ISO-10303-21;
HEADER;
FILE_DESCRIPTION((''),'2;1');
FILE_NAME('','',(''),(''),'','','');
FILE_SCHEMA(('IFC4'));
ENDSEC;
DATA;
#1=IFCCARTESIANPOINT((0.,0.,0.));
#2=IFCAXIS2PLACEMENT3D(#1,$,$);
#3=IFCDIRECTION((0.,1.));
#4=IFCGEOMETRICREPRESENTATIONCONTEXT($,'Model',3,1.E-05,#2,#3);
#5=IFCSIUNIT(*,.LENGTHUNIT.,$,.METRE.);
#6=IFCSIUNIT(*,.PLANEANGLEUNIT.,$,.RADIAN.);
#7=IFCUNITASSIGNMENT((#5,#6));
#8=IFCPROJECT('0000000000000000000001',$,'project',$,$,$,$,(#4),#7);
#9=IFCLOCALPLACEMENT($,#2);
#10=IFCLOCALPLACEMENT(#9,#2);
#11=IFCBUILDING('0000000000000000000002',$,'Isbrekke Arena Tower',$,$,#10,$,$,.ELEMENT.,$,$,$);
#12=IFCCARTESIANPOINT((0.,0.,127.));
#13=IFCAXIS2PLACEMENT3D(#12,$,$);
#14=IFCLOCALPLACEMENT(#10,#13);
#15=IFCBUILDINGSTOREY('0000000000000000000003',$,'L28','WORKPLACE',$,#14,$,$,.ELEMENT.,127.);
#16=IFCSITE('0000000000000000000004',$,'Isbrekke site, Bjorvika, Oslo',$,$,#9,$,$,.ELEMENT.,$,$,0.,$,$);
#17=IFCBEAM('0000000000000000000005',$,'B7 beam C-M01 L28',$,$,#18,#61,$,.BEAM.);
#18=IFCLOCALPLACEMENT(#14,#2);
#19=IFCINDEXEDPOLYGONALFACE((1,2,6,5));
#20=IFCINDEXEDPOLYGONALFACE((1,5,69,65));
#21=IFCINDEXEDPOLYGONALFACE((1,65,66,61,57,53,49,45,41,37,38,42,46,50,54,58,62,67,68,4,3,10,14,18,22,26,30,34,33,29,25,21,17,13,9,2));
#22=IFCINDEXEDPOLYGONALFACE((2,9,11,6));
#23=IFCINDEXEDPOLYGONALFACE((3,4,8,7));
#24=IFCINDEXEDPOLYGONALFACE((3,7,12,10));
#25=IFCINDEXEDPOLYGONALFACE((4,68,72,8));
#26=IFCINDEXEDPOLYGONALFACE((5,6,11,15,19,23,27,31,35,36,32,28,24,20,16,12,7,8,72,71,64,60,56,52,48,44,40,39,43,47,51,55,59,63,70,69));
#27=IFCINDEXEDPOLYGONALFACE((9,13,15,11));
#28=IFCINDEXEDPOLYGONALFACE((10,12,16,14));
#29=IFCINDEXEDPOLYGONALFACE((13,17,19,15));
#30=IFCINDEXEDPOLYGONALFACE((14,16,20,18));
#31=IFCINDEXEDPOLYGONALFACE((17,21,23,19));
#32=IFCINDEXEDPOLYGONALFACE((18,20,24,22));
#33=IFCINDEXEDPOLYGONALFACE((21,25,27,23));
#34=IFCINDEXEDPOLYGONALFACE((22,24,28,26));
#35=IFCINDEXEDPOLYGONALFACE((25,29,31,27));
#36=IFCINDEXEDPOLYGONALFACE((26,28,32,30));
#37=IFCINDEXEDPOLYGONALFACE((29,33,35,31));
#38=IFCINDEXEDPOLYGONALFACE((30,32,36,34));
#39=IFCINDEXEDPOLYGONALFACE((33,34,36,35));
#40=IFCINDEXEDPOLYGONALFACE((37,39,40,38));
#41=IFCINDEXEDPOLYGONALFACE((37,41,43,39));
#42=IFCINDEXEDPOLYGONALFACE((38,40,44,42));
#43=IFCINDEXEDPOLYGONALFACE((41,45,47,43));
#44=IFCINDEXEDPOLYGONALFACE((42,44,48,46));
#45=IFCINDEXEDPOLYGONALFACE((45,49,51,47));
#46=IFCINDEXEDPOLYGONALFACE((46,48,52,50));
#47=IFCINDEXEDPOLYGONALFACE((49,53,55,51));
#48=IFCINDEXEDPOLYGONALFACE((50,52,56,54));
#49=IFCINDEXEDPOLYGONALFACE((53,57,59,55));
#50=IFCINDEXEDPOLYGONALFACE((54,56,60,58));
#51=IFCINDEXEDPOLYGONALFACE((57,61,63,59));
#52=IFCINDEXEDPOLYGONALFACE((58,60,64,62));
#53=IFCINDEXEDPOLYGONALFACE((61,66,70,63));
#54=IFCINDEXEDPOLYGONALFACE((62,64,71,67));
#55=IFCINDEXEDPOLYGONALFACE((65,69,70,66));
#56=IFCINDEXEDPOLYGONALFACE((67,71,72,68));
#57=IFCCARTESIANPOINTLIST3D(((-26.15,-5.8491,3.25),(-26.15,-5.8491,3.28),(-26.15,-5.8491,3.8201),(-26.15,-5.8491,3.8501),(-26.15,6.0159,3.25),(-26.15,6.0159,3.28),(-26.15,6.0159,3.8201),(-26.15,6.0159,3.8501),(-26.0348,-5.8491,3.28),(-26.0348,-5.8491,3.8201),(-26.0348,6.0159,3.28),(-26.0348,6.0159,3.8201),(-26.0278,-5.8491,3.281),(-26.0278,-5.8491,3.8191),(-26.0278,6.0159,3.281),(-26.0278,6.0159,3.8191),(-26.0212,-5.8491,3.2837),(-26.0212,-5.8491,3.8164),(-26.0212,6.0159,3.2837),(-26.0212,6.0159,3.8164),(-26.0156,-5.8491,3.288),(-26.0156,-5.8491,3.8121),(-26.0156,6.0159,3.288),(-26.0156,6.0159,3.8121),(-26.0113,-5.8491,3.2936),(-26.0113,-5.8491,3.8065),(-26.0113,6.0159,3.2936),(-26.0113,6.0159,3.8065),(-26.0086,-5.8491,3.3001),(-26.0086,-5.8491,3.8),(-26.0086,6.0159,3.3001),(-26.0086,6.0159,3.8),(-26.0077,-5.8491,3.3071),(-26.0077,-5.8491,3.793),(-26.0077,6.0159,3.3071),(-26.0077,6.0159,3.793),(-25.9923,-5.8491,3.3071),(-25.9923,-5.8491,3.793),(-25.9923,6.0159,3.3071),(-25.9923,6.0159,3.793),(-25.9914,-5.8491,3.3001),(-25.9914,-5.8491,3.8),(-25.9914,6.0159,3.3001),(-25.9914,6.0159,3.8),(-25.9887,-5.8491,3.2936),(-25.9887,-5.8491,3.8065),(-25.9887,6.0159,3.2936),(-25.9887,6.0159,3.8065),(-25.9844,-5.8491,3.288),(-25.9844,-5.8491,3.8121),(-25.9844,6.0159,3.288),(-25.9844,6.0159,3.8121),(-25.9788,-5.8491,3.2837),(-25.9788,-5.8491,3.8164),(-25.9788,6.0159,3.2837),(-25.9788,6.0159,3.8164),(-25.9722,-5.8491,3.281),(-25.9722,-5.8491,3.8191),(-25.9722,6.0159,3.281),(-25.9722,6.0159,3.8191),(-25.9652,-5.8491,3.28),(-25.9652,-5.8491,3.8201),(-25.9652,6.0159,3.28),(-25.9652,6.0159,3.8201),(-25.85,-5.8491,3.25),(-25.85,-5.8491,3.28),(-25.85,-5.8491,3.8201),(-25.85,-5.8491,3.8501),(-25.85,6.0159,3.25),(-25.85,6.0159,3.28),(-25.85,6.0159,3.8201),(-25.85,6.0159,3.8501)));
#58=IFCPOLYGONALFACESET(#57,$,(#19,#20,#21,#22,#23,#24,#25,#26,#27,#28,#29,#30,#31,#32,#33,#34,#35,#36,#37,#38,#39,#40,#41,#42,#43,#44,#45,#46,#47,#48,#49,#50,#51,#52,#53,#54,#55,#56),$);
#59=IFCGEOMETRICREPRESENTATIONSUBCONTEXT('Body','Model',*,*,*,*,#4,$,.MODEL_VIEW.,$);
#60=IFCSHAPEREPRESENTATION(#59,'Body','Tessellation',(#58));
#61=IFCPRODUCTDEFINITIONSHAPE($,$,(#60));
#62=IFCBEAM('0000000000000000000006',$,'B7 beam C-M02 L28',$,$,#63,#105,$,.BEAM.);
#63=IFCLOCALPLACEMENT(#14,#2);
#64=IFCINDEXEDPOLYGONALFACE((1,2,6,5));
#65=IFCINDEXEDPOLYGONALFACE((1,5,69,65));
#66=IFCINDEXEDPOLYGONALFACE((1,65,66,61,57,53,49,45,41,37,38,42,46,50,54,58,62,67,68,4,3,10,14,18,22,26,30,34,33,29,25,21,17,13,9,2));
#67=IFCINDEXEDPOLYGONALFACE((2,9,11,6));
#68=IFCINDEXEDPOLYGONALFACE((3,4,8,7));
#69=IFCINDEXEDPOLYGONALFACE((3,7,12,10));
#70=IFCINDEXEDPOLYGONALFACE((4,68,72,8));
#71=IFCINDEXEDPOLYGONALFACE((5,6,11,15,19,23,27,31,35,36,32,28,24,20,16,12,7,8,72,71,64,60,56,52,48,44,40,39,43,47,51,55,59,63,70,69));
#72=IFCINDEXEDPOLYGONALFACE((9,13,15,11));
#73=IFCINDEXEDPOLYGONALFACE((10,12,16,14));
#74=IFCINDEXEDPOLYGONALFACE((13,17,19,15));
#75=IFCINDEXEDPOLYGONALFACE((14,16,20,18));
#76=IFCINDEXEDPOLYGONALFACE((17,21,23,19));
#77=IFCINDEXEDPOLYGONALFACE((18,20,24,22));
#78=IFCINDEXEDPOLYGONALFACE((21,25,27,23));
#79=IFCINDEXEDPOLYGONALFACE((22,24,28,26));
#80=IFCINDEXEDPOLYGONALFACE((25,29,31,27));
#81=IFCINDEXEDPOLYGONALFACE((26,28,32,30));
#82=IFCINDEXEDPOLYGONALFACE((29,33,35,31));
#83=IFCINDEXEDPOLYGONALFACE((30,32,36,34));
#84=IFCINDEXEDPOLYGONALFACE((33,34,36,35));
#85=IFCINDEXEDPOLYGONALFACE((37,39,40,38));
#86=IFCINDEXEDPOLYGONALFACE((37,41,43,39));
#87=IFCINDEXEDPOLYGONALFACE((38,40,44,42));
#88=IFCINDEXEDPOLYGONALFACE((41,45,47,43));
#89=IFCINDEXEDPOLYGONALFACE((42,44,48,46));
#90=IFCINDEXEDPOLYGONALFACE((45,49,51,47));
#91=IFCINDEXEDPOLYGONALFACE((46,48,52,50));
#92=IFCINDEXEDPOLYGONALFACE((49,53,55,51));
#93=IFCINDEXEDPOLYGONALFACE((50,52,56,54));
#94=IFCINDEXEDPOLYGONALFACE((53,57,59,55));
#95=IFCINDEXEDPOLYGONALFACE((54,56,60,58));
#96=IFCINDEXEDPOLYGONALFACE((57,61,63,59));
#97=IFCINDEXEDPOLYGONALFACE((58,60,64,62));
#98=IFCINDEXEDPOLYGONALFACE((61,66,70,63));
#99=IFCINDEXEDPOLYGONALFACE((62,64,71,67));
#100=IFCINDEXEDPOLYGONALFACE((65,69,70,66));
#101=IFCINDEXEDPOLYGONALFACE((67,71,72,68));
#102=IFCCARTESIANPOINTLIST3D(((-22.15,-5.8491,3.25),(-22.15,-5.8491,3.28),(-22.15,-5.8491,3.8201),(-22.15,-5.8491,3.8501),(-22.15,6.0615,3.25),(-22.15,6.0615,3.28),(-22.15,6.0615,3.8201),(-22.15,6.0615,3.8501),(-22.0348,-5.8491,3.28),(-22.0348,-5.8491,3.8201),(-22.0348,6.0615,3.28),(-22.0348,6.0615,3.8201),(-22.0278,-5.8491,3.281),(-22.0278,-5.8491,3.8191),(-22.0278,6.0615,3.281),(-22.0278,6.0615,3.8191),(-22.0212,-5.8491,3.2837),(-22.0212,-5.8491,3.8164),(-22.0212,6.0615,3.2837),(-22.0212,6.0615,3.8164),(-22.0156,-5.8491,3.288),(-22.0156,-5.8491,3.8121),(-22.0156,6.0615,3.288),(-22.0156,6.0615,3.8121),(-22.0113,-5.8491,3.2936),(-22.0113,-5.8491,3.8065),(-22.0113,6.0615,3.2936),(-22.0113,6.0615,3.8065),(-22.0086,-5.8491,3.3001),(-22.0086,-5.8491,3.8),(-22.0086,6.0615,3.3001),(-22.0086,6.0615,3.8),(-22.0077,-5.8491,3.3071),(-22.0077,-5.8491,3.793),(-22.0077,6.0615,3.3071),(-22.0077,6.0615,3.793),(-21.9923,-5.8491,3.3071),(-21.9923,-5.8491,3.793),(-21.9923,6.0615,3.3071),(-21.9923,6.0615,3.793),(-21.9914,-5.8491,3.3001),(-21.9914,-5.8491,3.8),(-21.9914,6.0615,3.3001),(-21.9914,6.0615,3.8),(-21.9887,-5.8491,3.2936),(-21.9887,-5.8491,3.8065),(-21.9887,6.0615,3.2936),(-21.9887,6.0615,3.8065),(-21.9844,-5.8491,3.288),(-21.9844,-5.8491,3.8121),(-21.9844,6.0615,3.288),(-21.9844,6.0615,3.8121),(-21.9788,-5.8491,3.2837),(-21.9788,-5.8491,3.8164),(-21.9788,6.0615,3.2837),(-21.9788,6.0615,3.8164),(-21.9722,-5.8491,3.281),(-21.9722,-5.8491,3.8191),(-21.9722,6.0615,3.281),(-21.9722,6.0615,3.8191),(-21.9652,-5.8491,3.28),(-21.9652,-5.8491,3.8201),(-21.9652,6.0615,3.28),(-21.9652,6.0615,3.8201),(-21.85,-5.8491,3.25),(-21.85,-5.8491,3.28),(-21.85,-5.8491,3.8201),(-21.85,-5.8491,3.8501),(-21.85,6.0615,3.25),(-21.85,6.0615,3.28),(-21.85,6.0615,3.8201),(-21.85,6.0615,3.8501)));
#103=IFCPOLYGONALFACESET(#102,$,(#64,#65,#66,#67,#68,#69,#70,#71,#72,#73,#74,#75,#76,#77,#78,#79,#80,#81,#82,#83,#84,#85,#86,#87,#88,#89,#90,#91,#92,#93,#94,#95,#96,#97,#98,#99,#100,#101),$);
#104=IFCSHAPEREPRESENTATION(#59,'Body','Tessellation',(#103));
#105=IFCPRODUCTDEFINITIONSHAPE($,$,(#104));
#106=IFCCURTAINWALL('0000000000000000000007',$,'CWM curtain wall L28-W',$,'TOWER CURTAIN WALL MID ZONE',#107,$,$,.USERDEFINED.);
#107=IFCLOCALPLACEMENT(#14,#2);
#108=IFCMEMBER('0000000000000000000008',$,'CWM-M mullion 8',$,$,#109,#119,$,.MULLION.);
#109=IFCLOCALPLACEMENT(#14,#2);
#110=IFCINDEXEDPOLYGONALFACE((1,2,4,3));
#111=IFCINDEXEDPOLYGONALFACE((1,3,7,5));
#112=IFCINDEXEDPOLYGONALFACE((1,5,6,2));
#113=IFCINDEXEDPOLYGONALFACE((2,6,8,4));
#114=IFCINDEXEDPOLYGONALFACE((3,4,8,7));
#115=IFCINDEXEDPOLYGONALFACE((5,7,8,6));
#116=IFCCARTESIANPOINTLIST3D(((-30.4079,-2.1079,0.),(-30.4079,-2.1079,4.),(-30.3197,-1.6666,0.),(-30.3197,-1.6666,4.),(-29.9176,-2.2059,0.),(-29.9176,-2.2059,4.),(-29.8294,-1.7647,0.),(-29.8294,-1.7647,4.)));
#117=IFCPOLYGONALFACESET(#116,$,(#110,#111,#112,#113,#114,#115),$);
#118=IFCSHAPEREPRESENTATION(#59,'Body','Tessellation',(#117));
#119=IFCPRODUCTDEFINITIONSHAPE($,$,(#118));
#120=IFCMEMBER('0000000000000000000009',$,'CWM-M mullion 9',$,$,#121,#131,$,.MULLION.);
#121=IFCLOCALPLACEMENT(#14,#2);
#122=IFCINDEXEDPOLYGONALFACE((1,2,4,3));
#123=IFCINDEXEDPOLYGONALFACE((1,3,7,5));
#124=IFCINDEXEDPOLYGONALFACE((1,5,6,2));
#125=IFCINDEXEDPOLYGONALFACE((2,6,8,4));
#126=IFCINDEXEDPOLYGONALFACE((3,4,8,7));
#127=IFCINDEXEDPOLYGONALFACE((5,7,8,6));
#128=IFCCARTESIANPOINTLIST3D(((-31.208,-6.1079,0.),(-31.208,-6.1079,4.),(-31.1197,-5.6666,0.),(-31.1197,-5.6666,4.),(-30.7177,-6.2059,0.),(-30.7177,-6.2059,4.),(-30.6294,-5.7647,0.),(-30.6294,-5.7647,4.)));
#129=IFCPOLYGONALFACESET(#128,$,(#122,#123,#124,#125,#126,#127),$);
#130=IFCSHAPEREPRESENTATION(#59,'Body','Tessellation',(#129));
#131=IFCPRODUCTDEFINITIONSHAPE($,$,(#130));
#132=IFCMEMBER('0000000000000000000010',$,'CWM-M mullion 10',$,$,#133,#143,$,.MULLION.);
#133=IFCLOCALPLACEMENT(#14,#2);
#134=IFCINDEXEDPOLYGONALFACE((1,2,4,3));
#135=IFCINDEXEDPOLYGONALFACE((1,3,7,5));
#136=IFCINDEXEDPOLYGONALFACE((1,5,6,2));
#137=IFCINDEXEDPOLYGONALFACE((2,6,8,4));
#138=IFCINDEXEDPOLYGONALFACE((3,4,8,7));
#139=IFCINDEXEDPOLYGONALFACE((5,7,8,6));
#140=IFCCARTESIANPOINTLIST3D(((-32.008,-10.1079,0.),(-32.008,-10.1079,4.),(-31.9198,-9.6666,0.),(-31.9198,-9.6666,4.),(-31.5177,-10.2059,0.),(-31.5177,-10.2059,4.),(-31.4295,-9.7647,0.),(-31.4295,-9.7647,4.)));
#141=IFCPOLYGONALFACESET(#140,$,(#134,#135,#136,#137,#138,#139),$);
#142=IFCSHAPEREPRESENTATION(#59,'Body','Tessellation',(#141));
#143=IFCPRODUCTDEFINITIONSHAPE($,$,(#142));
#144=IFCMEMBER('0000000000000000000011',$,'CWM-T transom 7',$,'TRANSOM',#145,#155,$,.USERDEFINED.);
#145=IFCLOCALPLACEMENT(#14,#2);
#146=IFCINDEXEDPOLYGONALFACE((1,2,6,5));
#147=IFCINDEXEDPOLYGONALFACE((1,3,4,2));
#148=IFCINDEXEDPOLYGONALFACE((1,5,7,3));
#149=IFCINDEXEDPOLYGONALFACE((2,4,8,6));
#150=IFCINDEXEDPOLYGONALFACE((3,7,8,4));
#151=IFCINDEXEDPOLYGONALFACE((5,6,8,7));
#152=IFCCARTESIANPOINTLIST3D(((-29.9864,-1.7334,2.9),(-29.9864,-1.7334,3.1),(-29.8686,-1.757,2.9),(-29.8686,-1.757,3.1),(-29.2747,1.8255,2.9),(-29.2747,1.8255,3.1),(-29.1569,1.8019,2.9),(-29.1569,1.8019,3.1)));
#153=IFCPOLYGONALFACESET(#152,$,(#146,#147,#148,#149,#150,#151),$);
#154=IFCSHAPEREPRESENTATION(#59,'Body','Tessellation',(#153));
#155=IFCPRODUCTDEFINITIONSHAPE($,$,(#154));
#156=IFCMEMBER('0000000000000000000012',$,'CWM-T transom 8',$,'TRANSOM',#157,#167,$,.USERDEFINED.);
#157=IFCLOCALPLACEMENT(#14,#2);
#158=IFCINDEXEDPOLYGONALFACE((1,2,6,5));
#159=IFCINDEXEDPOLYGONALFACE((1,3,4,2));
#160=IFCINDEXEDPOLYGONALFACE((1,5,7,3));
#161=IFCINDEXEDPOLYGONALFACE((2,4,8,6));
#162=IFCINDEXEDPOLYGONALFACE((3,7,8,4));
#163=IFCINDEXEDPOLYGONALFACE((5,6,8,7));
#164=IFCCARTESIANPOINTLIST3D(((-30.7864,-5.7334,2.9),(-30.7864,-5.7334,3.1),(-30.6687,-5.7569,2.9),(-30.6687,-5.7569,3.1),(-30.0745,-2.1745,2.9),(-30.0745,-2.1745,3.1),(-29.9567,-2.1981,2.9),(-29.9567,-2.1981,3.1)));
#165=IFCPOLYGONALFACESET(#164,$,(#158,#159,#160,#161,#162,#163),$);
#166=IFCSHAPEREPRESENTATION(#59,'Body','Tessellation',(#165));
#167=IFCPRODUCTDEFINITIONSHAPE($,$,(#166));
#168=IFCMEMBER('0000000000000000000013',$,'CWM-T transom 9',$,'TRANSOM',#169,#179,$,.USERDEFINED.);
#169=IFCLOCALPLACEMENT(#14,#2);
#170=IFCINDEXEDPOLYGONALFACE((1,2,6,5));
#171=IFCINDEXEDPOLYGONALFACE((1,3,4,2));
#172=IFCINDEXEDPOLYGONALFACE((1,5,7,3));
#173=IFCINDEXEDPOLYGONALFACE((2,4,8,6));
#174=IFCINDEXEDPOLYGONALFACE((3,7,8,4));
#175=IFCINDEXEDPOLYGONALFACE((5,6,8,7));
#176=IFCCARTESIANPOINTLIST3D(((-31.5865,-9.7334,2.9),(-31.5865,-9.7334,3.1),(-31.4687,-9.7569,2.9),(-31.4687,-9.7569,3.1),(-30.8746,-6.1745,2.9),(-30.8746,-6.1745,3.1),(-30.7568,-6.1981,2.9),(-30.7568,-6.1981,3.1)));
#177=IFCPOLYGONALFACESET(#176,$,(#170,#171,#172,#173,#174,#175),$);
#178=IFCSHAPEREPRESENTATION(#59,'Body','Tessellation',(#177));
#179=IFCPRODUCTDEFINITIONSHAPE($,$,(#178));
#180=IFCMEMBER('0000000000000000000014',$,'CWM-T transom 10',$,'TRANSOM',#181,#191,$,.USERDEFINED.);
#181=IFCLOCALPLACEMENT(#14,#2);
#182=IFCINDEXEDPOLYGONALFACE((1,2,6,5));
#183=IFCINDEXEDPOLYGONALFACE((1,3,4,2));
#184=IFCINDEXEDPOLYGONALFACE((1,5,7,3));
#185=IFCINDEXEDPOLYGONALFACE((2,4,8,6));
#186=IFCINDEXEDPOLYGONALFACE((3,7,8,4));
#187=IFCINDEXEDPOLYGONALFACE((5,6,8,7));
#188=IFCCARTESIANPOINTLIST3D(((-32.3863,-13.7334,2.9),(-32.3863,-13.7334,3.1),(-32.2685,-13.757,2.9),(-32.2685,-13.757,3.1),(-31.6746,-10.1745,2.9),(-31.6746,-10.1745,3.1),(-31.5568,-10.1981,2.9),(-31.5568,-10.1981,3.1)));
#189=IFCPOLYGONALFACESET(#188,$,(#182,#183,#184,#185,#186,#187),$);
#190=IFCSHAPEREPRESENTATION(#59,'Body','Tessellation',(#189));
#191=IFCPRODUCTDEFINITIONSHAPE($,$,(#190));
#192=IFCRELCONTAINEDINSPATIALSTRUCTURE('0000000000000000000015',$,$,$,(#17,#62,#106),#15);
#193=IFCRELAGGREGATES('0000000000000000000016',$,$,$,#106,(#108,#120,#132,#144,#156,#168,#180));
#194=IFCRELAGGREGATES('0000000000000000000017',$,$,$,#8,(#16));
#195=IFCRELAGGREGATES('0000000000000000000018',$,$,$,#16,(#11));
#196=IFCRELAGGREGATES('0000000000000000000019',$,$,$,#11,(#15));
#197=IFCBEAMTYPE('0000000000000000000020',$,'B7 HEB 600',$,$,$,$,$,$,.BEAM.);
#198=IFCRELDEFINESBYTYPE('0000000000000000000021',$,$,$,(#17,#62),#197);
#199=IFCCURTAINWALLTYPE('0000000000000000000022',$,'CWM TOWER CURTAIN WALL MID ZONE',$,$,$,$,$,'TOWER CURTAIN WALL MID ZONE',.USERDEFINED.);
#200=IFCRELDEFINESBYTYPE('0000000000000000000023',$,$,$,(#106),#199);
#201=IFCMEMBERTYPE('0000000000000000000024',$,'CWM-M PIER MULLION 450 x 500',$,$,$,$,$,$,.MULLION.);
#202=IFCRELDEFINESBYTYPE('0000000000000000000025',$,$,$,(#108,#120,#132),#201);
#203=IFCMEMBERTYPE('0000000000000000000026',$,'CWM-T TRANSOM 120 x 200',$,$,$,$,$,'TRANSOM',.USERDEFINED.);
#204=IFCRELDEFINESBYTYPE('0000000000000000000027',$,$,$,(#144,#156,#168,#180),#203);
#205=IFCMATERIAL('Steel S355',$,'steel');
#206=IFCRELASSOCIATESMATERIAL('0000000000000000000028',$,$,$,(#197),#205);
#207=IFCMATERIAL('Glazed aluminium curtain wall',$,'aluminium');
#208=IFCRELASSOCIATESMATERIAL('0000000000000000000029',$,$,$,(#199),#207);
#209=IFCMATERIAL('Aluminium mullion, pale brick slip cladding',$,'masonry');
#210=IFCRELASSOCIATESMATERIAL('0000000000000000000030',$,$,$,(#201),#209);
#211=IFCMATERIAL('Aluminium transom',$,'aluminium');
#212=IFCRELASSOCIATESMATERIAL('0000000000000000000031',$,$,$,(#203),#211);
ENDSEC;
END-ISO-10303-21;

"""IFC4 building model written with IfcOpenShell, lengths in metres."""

from ifc_helpers import new_model, si_unit, direction, frame, origin, origin_2d, place, context, subcontext, project, spatial, rectangle, i_section, extrude, material, material_profile, profile_set, type_object, element, aggregate, save


model = new_model("IFC4")

# Units and contexts
model_context = context("Model", 3, precision=1e-05, world=origin(), true_north=direction((0.0, 1.0)))
body_context = subcontext(model_context, "Body", "Model", "MODEL_VIEW")
ifc_project = project(units=[si_unit("LENGTHUNIT", "METRE"), si_unit("PLANEANGLEUNIT", "RADIAN")], contexts=[model_context])

# Site, building, storey
site_placement = place(None, origin())
site = spatial("IfcSite", under=ifc_project, at=site_placement, Name="Isbrekke site, Bjorvika, Oslo", CompositionType="ELEMENT", RefElevation=0.0)
building_placement = place(site_placement, origin())
building = spatial("IfcBuilding", under=site, at=building_placement, Name="Isbrekke Arena Tower", CompositionType="ELEMENT")
storey_placement = place(building_placement, frame((0.0, 0.0, 127.0)))
storey = spatial("IfcBuildingStorey", under=building, at=storey_placement, Name="L28", Description="WORKPLACE", CompositionType="ELEMENT", Elevation=127.0)

# Beams
ifc_material_1 = material(Name="Steel S355", Category="steel")
ifc_material_profile_1 = material_profile(ifc_material_1, i_section(OverallWidth=0.3, OverallDepth=0.6001, WebThickness=0.0154, FlangeThickness=0.03, FilletRadius=0.0271, at=origin_2d()), Name="HEB 600")
ifc_profile_set_1 = profile_set([ifc_material_profile_1], Name="Steel S355")
beam_type_1 = type_object("IfcBeamType", Name="B7 HEB 600", PredefinedType="BEAM", material=ifc_profile_set_1)
beam_1_placement = place(storey_placement, frame((-26.0, -5.8491, 3.55), z_axis=(0.0, 1.0, 0.0), x_axis=(-1.0, 0.0, 0.0)))
element("IfcBeam", 1, at=beam_1_placement, inside=storey, type_object=beam_type_1, Name="B7 beam C-M01 L28", PredefinedType="BEAM", context=body_context, shape_type="SweptSolid", body=[
    extrude(i_section(OverallWidth=0.3, OverallDepth=0.6001, WebThickness=0.0154, FlangeThickness=0.03, FilletRadius=0.0271, at=origin_2d()), origin(), (0.0, 0.0, 1.0), 11.865),
])
beam_2_placement = place(storey_placement, frame((-22.0, -5.8491, 3.55), z_axis=(0.0, 1.0, 0.0), x_axis=(-1.0, 0.0, 0.0)))
element("IfcBeam", 2, at=beam_2_placement, inside=storey, type_object=beam_type_1, Name="B7 beam C-M02 L28", PredefinedType="BEAM", context=body_context, shape_type="SweptSolid", body=[
    extrude(i_section(OverallWidth=0.3, OverallDepth=0.6001, WebThickness=0.0154, FlangeThickness=0.03, FilletRadius=0.0271, at=origin_2d()), origin(), (0.0, 0.0, 1.0), 11.9106),
])

# Curtain wall, members
ifc_material_2 = material(Name="Glazed aluminium curtain wall", Category="aluminium")
curtain_wall_type = type_object("IfcCurtainWallType", Name="CWM TOWER CURTAIN WALL MID ZONE", ElementType="TOWER CURTAIN WALL MID ZONE", PredefinedType="USERDEFINED", material=ifc_material_2)
curtain_wall_placement = place(storey_placement, origin())
curtain_wall = element("IfcCurtainWall", 3, at=curtain_wall_placement, inside=storey, type_object=curtain_wall_type, Name="CWM curtain wall L28-W", ObjectType="TOWER CURTAIN WALL MID ZONE", PredefinedType="USERDEFINED")
ifc_material_3 = material(Name="Aluminium mullion, pale brick slip cladding", Category="masonry")
ifc_material_profile_2 = material_profile(ifc_material_3, rectangle(XDim=0.45, YDim=0.5, at=origin_2d()), Name="PIER 450X500")
ifc_profile_set_2 = profile_set([ifc_material_profile_2], Name="Aluminium mullion, pale brick slip cladding")
member_type_1 = type_object("IfcMemberType", Name="CWM-M PIER MULLION 450 x 500", PredefinedType="MULLION", material=ifc_profile_set_2)
member_1_placement = place(storey_placement, frame((-30.1187, -1.9363, 0.0), z_axis=(0.0, 0.0, 1.0), x_axis=(-0.196116, -0.980581, 0.0)))
member_1 = element("IfcMember", 4, at=member_1_placement, type_object=member_type_1, Name="CWM-M mullion 8", PredefinedType="MULLION", context=body_context, shape_type="SweptSolid", body=[
    extrude(rectangle(XDim=0.45, YDim=0.5, at=origin_2d()), origin(), (0.0, 0.0, 1.0), 4.0),
])
member_2_placement = place(storey_placement, frame((-30.9187, -5.9363, 0.0), z_axis=(0.0, 0.0, 1.0), x_axis=(-0.196116, -0.980581, 0.0)))
member_2 = element("IfcMember", 5, at=member_2_placement, type_object=member_type_1, Name="CWM-M mullion 9", PredefinedType="MULLION", context=body_context, shape_type="SweptSolid", body=[
    extrude(rectangle(XDim=0.45, YDim=0.5, at=origin_2d()), origin(), (0.0, 0.0, 1.0), 4.0),
])
member_3_placement = place(storey_placement, frame((-31.7188, -9.9363, 0.0), z_axis=(0.0, 0.0, 1.0), x_axis=(-0.196116, -0.980581, 0.0)))
member_3 = element("IfcMember", 6, at=member_3_placement, type_object=member_type_1, Name="CWM-M mullion 10", PredefinedType="MULLION", context=body_context, shape_type="SweptSolid", body=[
    extrude(rectangle(XDim=0.45, YDim=0.5, at=origin_2d()), origin(), (0.0, 0.0, 1.0), 4.0),
])
ifc_material_4 = material(Name="Aluminium transom", Category="aluminium")
ifc_material_profile_3 = material_profile(ifc_material_4, rectangle(XDim=0.1201, YDim=0.2, at=origin_2d()), Name="TRANSOM 120X200")
ifc_profile_set_3 = profile_set([ifc_material_profile_3], Name="Aluminium transom")
member_type_2 = type_object("IfcMemberType", Name="CWM-T TRANSOM 120 x 200", ElementType="TRANSOM", PredefinedType="USERDEFINED", material=ifc_profile_set_3)
member_4_placement = place(storey_placement, frame((-29.2158, 1.8137, 3.0), z_axis=(-0.19609, -0.980586, 0.0), x_axis=(0.980586, -0.19609, 0.0)))
member_4 = element("IfcMember", 7, at=member_4_placement, type_object=member_type_2, Name="CWM-T transom 7", ObjectType="TRANSOM", PredefinedType="USERDEFINED", context=body_context, shape_type="SweptSolid", body=[
    extrude(rectangle(XDim=0.1201, YDim=0.2, at=origin_2d()), origin(), (0.0, 0.0, 1.0), 3.6294),
])
member_5_placement = place(storey_placement, frame((-30.0156, -2.1863, 3.0), z_axis=(-0.196155, -0.980573, 0.0), x_axis=(0.980573, -0.196155, 0.0)))
member_5 = element("IfcMember", 8, at=member_5_placement, type_object=member_type_2, Name="CWM-T transom 8", ObjectType="TRANSOM", PredefinedType="USERDEFINED", context=body_context, shape_type="SweptSolid", body=[
    extrude(rectangle(XDim=0.1201, YDim=0.2, at=origin_2d()), origin(), (0.0, 0.0, 1.0), 3.6294),
])
member_6_placement = place(storey_placement, frame((-30.8157, -6.1863, 3.0), z_axis=(-0.196155, -0.980573, 0.0), x_axis=(0.980573, -0.196155, 0.0)))
member_6 = element("IfcMember", 9, at=member_6_placement, type_object=member_type_2, Name="CWM-T transom 9", ObjectType="TRANSOM", PredefinedType="USERDEFINED", context=body_context, shape_type="SweptSolid", body=[
    extrude(rectangle(XDim=0.1201, YDim=0.2, at=origin_2d()), origin(), (0.0, 0.0, 1.0), 3.6294),
])
member_7_placement = place(storey_placement, frame((-31.6157, -10.1863, 3.0), z_axis=(-0.19609, -0.980586, 0.0), x_axis=(0.980586, -0.19609, 0.0)))
member_7 = element("IfcMember", 10, at=member_7_placement, type_object=member_type_2, Name="CWM-T transom 10", ObjectType="TRANSOM", PredefinedType="USERDEFINED", context=body_context, shape_type="SweptSolid", body=[
    extrude(rectangle(XDim=0.1201, YDim=0.2, at=origin_2d()), origin(), (0.0, 0.0, 1.0), 3.6294),
])

aggregate(curtain_wall, [member_1, member_2, member_3, member_4, member_5, member_6, member_7])

save(model, "model.ifc")
